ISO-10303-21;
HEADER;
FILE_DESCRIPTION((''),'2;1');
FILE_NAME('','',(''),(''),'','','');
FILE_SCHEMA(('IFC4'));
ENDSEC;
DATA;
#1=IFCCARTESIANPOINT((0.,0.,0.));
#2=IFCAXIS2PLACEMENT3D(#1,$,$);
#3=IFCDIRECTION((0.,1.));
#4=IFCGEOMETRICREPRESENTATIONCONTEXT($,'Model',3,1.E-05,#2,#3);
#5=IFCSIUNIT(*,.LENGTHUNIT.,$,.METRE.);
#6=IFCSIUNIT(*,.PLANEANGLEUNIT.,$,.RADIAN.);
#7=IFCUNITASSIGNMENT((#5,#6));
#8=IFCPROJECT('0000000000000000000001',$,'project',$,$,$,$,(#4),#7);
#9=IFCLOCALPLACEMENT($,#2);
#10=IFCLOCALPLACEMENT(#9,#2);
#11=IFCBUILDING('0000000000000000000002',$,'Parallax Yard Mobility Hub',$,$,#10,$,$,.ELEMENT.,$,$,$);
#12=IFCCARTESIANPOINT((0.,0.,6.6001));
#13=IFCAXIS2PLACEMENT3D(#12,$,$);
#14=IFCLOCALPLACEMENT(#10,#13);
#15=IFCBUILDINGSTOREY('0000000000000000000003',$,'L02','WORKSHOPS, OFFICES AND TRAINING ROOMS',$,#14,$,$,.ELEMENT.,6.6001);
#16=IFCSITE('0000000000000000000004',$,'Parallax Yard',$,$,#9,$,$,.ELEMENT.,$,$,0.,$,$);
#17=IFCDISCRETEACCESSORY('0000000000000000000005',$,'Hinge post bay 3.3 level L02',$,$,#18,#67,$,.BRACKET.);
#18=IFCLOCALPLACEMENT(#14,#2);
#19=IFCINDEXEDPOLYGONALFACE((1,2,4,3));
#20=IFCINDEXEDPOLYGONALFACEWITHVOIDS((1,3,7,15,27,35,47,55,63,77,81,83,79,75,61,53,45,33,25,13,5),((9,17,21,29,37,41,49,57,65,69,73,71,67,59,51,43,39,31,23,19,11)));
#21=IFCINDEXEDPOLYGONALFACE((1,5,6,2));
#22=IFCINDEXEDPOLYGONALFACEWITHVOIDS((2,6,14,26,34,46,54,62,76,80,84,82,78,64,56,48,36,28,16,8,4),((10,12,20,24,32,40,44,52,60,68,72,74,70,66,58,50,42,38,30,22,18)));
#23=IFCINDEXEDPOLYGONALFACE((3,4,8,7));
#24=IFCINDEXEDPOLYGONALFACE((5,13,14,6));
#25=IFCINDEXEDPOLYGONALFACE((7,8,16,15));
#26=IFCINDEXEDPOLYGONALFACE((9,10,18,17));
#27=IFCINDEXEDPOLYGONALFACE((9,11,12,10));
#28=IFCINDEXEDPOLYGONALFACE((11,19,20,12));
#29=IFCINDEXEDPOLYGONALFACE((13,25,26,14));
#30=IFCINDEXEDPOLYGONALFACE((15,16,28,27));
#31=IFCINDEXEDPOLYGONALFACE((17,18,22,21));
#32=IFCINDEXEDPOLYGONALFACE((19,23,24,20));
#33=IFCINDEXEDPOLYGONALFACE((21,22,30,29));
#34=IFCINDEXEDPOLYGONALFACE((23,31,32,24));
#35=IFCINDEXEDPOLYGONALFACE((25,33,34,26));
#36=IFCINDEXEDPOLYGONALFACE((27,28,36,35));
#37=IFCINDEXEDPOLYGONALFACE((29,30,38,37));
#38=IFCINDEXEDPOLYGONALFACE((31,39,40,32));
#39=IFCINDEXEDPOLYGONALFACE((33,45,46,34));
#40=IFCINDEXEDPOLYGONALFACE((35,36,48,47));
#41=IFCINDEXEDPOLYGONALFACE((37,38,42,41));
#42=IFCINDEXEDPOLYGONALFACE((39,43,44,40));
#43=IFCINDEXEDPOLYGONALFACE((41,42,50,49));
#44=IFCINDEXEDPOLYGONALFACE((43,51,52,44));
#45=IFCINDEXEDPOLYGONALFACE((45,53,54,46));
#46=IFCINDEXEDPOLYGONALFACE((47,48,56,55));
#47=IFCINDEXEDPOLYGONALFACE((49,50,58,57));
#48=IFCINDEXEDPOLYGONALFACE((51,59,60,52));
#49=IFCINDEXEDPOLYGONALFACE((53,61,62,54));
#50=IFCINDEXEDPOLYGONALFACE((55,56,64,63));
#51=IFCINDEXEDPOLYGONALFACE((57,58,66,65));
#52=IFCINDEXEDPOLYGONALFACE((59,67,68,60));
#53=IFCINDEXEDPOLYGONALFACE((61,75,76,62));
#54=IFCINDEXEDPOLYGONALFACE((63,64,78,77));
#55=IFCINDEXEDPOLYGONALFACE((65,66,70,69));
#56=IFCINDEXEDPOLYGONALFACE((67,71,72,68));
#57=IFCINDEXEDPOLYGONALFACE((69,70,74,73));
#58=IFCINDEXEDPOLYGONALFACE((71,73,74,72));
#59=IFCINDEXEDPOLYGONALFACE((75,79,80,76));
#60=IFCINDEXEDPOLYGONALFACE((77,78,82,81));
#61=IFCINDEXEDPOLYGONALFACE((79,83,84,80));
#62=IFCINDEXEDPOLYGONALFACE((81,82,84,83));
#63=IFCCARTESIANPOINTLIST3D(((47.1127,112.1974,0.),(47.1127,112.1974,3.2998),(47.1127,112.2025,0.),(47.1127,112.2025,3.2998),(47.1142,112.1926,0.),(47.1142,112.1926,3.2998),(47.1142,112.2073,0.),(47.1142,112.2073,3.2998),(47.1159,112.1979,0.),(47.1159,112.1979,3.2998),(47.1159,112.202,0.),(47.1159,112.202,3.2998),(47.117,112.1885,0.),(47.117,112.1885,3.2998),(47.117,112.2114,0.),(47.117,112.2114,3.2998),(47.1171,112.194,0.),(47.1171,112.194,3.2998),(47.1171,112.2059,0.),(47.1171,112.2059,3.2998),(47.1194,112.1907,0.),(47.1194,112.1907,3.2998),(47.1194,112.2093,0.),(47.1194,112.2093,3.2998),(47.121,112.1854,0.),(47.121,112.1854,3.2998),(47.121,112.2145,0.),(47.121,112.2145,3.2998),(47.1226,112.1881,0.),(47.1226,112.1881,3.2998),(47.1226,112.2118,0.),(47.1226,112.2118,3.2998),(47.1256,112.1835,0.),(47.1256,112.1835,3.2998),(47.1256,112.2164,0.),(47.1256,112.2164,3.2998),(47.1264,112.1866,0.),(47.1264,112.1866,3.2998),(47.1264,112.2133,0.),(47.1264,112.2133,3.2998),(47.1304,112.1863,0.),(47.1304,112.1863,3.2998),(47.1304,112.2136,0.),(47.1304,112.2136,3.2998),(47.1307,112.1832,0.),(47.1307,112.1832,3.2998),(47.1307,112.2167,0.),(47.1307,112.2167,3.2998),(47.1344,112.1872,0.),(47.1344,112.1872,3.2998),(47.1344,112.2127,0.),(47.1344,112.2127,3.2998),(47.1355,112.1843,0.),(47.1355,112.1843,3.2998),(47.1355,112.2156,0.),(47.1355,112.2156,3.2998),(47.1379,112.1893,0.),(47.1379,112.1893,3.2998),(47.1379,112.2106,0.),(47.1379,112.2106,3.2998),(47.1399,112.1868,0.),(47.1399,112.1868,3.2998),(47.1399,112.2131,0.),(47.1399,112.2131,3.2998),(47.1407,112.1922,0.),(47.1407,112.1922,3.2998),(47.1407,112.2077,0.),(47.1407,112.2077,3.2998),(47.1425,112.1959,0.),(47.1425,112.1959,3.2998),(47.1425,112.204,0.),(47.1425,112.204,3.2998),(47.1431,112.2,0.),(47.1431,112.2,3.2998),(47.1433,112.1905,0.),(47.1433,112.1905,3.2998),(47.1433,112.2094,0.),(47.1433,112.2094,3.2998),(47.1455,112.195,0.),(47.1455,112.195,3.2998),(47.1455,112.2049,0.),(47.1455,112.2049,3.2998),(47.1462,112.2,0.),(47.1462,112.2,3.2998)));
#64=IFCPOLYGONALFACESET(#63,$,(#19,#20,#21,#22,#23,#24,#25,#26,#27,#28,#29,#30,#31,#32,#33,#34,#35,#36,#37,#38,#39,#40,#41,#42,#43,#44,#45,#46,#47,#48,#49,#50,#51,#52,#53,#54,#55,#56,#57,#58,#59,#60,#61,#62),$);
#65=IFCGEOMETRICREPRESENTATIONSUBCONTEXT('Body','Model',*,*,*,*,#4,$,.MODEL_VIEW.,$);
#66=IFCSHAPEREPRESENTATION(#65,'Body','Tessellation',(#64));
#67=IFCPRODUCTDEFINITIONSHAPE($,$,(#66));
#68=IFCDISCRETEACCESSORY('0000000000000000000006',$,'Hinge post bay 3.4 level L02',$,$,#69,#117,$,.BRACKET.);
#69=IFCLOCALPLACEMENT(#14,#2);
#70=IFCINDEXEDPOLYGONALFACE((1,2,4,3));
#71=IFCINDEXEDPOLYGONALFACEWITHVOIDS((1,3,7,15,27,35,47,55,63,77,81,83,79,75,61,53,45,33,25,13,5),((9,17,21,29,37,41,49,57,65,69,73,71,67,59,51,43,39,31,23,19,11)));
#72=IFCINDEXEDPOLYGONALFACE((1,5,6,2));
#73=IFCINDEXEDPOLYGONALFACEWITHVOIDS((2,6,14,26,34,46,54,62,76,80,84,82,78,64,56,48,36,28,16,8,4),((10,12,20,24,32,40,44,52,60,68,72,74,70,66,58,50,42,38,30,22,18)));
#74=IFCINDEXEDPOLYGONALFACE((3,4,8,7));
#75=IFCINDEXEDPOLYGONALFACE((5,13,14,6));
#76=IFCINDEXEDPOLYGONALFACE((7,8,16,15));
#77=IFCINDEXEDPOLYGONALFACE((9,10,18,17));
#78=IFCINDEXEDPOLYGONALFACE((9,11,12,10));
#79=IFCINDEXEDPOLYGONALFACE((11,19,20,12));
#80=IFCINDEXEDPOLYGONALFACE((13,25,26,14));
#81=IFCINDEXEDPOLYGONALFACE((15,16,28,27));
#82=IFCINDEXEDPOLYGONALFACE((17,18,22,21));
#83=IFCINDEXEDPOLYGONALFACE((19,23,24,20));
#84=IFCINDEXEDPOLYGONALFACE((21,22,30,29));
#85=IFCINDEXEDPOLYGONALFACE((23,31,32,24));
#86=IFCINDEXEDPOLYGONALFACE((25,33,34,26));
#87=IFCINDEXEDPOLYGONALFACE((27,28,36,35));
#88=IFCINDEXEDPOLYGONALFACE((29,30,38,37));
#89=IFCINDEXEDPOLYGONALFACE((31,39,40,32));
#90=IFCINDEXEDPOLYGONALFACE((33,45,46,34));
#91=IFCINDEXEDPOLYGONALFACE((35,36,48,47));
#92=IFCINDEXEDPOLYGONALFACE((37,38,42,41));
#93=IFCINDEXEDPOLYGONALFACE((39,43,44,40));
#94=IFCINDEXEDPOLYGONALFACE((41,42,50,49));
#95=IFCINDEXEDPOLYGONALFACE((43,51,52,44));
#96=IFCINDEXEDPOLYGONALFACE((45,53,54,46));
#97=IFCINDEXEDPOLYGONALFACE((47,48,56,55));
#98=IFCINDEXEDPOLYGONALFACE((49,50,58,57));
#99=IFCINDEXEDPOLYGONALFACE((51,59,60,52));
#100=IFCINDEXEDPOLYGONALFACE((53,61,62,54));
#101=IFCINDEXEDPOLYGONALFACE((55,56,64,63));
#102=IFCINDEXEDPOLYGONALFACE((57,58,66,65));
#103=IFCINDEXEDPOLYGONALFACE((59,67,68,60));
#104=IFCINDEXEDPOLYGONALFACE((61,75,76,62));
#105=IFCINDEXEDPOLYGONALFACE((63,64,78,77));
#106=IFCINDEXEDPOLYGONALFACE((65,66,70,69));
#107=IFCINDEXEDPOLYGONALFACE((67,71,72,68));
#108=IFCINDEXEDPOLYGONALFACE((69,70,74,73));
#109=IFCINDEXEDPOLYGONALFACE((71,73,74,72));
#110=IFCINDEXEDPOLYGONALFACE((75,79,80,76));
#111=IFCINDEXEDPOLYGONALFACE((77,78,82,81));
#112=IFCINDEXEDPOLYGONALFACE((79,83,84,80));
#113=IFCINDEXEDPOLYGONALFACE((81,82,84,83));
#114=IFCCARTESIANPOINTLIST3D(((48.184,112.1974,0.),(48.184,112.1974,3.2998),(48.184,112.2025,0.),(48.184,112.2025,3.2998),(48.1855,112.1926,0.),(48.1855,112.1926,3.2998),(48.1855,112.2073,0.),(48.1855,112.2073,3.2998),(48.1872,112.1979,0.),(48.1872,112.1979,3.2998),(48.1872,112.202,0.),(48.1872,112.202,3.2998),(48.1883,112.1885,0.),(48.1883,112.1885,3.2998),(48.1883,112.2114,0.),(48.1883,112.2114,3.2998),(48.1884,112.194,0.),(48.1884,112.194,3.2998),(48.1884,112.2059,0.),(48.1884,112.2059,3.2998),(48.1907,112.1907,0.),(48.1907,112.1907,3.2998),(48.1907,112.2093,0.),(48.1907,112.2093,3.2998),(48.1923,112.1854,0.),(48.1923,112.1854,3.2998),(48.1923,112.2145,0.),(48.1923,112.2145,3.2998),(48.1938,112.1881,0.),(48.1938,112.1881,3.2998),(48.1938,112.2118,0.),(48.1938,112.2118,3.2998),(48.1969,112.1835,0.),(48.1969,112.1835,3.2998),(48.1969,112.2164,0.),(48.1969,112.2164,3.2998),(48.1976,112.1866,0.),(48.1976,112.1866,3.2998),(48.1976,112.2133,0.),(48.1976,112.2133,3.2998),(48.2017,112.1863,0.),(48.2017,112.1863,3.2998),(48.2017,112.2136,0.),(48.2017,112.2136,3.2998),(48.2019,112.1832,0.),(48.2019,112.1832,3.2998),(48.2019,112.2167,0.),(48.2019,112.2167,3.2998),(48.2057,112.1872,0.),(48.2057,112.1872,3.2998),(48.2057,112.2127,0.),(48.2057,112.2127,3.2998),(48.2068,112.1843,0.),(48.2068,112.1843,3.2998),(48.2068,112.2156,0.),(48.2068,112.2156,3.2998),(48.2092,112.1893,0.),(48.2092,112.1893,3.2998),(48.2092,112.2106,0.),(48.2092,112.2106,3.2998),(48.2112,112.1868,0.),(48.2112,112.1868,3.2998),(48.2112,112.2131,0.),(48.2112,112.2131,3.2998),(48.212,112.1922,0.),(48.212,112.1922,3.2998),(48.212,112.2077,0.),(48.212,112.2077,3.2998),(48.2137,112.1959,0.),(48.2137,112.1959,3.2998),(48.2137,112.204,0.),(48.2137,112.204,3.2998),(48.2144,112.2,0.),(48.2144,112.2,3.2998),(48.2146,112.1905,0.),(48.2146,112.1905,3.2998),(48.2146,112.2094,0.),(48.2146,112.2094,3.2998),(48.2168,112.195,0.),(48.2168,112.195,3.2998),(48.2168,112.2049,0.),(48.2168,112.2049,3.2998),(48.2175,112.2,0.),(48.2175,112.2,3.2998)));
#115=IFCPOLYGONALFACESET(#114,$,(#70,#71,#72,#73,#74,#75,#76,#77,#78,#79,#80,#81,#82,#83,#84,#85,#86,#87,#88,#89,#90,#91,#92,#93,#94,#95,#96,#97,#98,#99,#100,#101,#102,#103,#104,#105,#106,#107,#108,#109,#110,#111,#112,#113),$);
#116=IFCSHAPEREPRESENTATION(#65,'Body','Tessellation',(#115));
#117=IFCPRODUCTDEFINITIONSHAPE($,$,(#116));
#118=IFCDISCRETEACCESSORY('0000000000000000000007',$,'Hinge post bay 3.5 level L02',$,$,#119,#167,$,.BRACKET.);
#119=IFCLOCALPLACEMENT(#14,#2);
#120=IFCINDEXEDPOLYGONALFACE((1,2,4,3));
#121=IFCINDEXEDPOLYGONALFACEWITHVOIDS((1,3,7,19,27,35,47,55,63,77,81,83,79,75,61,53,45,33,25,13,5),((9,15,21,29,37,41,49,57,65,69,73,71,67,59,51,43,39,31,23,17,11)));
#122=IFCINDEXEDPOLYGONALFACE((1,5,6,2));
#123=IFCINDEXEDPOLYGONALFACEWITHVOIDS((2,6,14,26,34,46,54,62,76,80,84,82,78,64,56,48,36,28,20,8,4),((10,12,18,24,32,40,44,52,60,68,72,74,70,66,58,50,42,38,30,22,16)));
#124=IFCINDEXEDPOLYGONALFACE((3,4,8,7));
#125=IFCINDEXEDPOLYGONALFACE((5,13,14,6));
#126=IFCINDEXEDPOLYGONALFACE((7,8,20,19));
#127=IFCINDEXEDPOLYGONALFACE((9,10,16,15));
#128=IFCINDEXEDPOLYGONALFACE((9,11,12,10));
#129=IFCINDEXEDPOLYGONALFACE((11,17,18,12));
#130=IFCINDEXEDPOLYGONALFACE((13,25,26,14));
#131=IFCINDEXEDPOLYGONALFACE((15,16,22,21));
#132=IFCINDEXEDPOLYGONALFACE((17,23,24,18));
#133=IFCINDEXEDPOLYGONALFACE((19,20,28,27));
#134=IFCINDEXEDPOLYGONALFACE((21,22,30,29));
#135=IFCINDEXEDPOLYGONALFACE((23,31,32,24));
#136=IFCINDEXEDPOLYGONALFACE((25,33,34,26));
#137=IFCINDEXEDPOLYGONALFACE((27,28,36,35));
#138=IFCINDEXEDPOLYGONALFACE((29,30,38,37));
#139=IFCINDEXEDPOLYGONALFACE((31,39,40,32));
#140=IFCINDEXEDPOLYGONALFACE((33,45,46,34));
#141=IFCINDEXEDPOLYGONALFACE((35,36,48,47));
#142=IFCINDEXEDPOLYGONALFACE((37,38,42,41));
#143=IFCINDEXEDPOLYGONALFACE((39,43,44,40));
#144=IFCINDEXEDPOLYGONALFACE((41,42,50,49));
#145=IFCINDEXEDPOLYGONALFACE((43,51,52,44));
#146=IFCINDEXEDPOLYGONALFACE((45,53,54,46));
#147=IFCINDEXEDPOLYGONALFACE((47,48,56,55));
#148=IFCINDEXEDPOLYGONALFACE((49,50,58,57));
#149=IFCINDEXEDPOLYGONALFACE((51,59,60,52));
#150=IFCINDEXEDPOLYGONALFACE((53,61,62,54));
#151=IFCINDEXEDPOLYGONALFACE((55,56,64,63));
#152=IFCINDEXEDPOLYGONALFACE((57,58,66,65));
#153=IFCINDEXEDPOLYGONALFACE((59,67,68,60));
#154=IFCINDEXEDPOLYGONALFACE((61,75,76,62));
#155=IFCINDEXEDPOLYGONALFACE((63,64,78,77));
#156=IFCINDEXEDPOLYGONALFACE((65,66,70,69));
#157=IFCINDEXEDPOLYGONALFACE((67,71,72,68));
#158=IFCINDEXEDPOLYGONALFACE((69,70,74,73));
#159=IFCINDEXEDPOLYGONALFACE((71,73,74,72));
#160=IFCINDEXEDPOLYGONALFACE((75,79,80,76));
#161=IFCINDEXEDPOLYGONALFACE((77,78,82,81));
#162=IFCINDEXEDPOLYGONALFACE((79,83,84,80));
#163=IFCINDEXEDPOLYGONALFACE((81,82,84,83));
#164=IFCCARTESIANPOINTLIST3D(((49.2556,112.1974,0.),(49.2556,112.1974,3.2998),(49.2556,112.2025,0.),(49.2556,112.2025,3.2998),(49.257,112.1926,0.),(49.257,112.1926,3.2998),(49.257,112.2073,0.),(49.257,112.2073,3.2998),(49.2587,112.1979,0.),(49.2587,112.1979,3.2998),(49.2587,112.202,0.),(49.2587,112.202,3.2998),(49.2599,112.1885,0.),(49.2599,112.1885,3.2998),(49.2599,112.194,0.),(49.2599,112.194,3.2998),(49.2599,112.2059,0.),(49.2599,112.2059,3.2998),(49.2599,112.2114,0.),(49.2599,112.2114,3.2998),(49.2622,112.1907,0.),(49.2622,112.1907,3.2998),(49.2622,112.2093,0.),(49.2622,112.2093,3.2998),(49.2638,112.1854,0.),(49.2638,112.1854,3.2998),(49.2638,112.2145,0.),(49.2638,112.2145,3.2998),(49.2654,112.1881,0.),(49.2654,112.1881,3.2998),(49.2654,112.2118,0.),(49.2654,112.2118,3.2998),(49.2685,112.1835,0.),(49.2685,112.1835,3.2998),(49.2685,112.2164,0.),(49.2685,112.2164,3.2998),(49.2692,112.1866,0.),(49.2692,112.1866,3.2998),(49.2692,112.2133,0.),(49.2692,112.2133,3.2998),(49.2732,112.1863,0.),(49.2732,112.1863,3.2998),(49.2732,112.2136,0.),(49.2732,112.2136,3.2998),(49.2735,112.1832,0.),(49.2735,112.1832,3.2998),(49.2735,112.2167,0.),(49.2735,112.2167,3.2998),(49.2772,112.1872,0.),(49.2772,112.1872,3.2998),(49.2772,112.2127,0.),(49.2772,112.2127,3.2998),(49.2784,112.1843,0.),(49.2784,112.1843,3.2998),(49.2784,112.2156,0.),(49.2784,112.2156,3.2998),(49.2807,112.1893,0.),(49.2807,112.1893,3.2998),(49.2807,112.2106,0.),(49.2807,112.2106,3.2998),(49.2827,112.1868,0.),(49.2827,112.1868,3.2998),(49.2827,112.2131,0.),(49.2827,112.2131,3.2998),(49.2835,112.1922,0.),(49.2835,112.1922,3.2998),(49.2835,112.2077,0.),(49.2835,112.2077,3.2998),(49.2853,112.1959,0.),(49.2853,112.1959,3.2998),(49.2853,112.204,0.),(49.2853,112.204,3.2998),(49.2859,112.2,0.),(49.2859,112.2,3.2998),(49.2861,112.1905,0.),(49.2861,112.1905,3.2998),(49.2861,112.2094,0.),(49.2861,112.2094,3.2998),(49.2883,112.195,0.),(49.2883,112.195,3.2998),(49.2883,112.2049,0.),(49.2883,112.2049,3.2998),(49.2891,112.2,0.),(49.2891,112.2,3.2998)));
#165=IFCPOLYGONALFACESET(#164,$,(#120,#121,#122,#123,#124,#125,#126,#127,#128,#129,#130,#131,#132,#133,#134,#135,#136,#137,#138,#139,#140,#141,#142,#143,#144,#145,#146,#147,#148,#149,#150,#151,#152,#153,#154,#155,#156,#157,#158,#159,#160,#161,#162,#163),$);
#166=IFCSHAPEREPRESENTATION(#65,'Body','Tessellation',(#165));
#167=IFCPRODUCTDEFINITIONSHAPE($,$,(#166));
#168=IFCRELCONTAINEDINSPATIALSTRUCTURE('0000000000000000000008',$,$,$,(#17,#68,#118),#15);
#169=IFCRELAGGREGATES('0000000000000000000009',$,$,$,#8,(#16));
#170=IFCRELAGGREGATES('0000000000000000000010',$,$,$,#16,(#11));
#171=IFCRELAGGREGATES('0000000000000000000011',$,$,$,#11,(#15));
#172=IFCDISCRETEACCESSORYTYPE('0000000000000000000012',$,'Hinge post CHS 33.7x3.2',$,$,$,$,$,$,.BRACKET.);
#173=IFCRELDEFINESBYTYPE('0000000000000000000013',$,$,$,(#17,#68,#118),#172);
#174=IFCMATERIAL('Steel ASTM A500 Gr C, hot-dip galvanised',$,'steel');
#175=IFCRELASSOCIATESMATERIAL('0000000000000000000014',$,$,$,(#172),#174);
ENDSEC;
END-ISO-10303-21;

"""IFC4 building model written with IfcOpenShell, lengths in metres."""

from ifc_helpers import new_model, si_unit, direction, frame, origin, origin_2d, place, context, subcontext, project, spatial, hollow_circle, extrude, material, material_profile, profile_set, type_object, element, save


model = new_model("IFC4")

# Units and contexts
model_context = context("Model", 3, precision=1e-05, world=origin(), true_north=direction((0.0, 1.0)))
body_context = subcontext(model_context, "Body", "Model", "MODEL_VIEW")
ifc_project = project(units=[si_unit("LENGTHUNIT", "METRE"), si_unit("PLANEANGLEUNIT", "RADIAN")], contexts=[model_context])

# Site, building, storey
site_placement = place(None, origin())
site = spatial("IfcSite", under=ifc_project, at=site_placement, Name="Parallax Yard", CompositionType="ELEMENT", RefElevation=0.0)
building_placement = place(site_placement, origin())
building = spatial("IfcBuilding", under=site, at=building_placement, Name="Parallax Yard Mobility Hub", CompositionType="ELEMENT")
storey_placement = place(building_placement, frame((0.0, 0.0, 6.6001)))
storey = spatial("IfcBuildingStorey", under=building, at=storey_placement, Name="L02", Description="WORKSHOPS, OFFICES AND TRAINING ROOMS", CompositionType="ELEMENT", Elevation=6.6001)

# Discrete accessories
ifc_material_1 = material(Name="Steel ASTM A500 Gr C, hot-dip galvanised", Category="steel")
ifc_material_profile_1 = material_profile(ifc_material_1, hollow_circle(Radius=0.0168, WallThickness=0.0032, at=origin_2d()), Name="CHS 33.7x3.2")
ifc_profile_set_1 = profile_set([ifc_material_profile_1], Name="Steel ASTM A500 Gr C, hot-dip galvanised")
discrete_accessory_type_1 = type_object("IfcDiscreteAccessoryType", Name="Hinge post CHS 33.7x3.2", PredefinedType="BRACKET", material=ifc_profile_set_1)
for number, where, z_axis, x_axis, name in (
    (1, (47.1294, 112.2, 0.0), (0.0, 0.0, 1.0), (1.0, 0.0, 0.0), "Hinge post bay 3.3 level L02"),
    (2, (48.2007, 112.2, 0.0), (0.0, 0.0, 1.0), (1.0, 0.0, 0.0), "Hinge post bay 3.4 level L02"),
    (3, (49.2722, 112.2, 0.0), (0.0, 0.0, 1.0), (1.0, 0.0, 0.0), "Hinge post bay 3.5 level L02"),
):
    element("IfcDiscreteAccessory", number, at=place(storey_placement, frame(where, z_axis=z_axis, x_axis=x_axis)), inside=storey, type_object=discrete_accessory_type_1, Name=name, PredefinedType="BRACKET", context=body_context, shape_type="SweptSolid", body=[
        extrude(hollow_circle(Radius=0.0168, WallThickness=0.0032, at=origin_2d()), origin(), (0.0, 0.0, 1.0), 3.2998),
    ])

save(model, "model.ifc")
